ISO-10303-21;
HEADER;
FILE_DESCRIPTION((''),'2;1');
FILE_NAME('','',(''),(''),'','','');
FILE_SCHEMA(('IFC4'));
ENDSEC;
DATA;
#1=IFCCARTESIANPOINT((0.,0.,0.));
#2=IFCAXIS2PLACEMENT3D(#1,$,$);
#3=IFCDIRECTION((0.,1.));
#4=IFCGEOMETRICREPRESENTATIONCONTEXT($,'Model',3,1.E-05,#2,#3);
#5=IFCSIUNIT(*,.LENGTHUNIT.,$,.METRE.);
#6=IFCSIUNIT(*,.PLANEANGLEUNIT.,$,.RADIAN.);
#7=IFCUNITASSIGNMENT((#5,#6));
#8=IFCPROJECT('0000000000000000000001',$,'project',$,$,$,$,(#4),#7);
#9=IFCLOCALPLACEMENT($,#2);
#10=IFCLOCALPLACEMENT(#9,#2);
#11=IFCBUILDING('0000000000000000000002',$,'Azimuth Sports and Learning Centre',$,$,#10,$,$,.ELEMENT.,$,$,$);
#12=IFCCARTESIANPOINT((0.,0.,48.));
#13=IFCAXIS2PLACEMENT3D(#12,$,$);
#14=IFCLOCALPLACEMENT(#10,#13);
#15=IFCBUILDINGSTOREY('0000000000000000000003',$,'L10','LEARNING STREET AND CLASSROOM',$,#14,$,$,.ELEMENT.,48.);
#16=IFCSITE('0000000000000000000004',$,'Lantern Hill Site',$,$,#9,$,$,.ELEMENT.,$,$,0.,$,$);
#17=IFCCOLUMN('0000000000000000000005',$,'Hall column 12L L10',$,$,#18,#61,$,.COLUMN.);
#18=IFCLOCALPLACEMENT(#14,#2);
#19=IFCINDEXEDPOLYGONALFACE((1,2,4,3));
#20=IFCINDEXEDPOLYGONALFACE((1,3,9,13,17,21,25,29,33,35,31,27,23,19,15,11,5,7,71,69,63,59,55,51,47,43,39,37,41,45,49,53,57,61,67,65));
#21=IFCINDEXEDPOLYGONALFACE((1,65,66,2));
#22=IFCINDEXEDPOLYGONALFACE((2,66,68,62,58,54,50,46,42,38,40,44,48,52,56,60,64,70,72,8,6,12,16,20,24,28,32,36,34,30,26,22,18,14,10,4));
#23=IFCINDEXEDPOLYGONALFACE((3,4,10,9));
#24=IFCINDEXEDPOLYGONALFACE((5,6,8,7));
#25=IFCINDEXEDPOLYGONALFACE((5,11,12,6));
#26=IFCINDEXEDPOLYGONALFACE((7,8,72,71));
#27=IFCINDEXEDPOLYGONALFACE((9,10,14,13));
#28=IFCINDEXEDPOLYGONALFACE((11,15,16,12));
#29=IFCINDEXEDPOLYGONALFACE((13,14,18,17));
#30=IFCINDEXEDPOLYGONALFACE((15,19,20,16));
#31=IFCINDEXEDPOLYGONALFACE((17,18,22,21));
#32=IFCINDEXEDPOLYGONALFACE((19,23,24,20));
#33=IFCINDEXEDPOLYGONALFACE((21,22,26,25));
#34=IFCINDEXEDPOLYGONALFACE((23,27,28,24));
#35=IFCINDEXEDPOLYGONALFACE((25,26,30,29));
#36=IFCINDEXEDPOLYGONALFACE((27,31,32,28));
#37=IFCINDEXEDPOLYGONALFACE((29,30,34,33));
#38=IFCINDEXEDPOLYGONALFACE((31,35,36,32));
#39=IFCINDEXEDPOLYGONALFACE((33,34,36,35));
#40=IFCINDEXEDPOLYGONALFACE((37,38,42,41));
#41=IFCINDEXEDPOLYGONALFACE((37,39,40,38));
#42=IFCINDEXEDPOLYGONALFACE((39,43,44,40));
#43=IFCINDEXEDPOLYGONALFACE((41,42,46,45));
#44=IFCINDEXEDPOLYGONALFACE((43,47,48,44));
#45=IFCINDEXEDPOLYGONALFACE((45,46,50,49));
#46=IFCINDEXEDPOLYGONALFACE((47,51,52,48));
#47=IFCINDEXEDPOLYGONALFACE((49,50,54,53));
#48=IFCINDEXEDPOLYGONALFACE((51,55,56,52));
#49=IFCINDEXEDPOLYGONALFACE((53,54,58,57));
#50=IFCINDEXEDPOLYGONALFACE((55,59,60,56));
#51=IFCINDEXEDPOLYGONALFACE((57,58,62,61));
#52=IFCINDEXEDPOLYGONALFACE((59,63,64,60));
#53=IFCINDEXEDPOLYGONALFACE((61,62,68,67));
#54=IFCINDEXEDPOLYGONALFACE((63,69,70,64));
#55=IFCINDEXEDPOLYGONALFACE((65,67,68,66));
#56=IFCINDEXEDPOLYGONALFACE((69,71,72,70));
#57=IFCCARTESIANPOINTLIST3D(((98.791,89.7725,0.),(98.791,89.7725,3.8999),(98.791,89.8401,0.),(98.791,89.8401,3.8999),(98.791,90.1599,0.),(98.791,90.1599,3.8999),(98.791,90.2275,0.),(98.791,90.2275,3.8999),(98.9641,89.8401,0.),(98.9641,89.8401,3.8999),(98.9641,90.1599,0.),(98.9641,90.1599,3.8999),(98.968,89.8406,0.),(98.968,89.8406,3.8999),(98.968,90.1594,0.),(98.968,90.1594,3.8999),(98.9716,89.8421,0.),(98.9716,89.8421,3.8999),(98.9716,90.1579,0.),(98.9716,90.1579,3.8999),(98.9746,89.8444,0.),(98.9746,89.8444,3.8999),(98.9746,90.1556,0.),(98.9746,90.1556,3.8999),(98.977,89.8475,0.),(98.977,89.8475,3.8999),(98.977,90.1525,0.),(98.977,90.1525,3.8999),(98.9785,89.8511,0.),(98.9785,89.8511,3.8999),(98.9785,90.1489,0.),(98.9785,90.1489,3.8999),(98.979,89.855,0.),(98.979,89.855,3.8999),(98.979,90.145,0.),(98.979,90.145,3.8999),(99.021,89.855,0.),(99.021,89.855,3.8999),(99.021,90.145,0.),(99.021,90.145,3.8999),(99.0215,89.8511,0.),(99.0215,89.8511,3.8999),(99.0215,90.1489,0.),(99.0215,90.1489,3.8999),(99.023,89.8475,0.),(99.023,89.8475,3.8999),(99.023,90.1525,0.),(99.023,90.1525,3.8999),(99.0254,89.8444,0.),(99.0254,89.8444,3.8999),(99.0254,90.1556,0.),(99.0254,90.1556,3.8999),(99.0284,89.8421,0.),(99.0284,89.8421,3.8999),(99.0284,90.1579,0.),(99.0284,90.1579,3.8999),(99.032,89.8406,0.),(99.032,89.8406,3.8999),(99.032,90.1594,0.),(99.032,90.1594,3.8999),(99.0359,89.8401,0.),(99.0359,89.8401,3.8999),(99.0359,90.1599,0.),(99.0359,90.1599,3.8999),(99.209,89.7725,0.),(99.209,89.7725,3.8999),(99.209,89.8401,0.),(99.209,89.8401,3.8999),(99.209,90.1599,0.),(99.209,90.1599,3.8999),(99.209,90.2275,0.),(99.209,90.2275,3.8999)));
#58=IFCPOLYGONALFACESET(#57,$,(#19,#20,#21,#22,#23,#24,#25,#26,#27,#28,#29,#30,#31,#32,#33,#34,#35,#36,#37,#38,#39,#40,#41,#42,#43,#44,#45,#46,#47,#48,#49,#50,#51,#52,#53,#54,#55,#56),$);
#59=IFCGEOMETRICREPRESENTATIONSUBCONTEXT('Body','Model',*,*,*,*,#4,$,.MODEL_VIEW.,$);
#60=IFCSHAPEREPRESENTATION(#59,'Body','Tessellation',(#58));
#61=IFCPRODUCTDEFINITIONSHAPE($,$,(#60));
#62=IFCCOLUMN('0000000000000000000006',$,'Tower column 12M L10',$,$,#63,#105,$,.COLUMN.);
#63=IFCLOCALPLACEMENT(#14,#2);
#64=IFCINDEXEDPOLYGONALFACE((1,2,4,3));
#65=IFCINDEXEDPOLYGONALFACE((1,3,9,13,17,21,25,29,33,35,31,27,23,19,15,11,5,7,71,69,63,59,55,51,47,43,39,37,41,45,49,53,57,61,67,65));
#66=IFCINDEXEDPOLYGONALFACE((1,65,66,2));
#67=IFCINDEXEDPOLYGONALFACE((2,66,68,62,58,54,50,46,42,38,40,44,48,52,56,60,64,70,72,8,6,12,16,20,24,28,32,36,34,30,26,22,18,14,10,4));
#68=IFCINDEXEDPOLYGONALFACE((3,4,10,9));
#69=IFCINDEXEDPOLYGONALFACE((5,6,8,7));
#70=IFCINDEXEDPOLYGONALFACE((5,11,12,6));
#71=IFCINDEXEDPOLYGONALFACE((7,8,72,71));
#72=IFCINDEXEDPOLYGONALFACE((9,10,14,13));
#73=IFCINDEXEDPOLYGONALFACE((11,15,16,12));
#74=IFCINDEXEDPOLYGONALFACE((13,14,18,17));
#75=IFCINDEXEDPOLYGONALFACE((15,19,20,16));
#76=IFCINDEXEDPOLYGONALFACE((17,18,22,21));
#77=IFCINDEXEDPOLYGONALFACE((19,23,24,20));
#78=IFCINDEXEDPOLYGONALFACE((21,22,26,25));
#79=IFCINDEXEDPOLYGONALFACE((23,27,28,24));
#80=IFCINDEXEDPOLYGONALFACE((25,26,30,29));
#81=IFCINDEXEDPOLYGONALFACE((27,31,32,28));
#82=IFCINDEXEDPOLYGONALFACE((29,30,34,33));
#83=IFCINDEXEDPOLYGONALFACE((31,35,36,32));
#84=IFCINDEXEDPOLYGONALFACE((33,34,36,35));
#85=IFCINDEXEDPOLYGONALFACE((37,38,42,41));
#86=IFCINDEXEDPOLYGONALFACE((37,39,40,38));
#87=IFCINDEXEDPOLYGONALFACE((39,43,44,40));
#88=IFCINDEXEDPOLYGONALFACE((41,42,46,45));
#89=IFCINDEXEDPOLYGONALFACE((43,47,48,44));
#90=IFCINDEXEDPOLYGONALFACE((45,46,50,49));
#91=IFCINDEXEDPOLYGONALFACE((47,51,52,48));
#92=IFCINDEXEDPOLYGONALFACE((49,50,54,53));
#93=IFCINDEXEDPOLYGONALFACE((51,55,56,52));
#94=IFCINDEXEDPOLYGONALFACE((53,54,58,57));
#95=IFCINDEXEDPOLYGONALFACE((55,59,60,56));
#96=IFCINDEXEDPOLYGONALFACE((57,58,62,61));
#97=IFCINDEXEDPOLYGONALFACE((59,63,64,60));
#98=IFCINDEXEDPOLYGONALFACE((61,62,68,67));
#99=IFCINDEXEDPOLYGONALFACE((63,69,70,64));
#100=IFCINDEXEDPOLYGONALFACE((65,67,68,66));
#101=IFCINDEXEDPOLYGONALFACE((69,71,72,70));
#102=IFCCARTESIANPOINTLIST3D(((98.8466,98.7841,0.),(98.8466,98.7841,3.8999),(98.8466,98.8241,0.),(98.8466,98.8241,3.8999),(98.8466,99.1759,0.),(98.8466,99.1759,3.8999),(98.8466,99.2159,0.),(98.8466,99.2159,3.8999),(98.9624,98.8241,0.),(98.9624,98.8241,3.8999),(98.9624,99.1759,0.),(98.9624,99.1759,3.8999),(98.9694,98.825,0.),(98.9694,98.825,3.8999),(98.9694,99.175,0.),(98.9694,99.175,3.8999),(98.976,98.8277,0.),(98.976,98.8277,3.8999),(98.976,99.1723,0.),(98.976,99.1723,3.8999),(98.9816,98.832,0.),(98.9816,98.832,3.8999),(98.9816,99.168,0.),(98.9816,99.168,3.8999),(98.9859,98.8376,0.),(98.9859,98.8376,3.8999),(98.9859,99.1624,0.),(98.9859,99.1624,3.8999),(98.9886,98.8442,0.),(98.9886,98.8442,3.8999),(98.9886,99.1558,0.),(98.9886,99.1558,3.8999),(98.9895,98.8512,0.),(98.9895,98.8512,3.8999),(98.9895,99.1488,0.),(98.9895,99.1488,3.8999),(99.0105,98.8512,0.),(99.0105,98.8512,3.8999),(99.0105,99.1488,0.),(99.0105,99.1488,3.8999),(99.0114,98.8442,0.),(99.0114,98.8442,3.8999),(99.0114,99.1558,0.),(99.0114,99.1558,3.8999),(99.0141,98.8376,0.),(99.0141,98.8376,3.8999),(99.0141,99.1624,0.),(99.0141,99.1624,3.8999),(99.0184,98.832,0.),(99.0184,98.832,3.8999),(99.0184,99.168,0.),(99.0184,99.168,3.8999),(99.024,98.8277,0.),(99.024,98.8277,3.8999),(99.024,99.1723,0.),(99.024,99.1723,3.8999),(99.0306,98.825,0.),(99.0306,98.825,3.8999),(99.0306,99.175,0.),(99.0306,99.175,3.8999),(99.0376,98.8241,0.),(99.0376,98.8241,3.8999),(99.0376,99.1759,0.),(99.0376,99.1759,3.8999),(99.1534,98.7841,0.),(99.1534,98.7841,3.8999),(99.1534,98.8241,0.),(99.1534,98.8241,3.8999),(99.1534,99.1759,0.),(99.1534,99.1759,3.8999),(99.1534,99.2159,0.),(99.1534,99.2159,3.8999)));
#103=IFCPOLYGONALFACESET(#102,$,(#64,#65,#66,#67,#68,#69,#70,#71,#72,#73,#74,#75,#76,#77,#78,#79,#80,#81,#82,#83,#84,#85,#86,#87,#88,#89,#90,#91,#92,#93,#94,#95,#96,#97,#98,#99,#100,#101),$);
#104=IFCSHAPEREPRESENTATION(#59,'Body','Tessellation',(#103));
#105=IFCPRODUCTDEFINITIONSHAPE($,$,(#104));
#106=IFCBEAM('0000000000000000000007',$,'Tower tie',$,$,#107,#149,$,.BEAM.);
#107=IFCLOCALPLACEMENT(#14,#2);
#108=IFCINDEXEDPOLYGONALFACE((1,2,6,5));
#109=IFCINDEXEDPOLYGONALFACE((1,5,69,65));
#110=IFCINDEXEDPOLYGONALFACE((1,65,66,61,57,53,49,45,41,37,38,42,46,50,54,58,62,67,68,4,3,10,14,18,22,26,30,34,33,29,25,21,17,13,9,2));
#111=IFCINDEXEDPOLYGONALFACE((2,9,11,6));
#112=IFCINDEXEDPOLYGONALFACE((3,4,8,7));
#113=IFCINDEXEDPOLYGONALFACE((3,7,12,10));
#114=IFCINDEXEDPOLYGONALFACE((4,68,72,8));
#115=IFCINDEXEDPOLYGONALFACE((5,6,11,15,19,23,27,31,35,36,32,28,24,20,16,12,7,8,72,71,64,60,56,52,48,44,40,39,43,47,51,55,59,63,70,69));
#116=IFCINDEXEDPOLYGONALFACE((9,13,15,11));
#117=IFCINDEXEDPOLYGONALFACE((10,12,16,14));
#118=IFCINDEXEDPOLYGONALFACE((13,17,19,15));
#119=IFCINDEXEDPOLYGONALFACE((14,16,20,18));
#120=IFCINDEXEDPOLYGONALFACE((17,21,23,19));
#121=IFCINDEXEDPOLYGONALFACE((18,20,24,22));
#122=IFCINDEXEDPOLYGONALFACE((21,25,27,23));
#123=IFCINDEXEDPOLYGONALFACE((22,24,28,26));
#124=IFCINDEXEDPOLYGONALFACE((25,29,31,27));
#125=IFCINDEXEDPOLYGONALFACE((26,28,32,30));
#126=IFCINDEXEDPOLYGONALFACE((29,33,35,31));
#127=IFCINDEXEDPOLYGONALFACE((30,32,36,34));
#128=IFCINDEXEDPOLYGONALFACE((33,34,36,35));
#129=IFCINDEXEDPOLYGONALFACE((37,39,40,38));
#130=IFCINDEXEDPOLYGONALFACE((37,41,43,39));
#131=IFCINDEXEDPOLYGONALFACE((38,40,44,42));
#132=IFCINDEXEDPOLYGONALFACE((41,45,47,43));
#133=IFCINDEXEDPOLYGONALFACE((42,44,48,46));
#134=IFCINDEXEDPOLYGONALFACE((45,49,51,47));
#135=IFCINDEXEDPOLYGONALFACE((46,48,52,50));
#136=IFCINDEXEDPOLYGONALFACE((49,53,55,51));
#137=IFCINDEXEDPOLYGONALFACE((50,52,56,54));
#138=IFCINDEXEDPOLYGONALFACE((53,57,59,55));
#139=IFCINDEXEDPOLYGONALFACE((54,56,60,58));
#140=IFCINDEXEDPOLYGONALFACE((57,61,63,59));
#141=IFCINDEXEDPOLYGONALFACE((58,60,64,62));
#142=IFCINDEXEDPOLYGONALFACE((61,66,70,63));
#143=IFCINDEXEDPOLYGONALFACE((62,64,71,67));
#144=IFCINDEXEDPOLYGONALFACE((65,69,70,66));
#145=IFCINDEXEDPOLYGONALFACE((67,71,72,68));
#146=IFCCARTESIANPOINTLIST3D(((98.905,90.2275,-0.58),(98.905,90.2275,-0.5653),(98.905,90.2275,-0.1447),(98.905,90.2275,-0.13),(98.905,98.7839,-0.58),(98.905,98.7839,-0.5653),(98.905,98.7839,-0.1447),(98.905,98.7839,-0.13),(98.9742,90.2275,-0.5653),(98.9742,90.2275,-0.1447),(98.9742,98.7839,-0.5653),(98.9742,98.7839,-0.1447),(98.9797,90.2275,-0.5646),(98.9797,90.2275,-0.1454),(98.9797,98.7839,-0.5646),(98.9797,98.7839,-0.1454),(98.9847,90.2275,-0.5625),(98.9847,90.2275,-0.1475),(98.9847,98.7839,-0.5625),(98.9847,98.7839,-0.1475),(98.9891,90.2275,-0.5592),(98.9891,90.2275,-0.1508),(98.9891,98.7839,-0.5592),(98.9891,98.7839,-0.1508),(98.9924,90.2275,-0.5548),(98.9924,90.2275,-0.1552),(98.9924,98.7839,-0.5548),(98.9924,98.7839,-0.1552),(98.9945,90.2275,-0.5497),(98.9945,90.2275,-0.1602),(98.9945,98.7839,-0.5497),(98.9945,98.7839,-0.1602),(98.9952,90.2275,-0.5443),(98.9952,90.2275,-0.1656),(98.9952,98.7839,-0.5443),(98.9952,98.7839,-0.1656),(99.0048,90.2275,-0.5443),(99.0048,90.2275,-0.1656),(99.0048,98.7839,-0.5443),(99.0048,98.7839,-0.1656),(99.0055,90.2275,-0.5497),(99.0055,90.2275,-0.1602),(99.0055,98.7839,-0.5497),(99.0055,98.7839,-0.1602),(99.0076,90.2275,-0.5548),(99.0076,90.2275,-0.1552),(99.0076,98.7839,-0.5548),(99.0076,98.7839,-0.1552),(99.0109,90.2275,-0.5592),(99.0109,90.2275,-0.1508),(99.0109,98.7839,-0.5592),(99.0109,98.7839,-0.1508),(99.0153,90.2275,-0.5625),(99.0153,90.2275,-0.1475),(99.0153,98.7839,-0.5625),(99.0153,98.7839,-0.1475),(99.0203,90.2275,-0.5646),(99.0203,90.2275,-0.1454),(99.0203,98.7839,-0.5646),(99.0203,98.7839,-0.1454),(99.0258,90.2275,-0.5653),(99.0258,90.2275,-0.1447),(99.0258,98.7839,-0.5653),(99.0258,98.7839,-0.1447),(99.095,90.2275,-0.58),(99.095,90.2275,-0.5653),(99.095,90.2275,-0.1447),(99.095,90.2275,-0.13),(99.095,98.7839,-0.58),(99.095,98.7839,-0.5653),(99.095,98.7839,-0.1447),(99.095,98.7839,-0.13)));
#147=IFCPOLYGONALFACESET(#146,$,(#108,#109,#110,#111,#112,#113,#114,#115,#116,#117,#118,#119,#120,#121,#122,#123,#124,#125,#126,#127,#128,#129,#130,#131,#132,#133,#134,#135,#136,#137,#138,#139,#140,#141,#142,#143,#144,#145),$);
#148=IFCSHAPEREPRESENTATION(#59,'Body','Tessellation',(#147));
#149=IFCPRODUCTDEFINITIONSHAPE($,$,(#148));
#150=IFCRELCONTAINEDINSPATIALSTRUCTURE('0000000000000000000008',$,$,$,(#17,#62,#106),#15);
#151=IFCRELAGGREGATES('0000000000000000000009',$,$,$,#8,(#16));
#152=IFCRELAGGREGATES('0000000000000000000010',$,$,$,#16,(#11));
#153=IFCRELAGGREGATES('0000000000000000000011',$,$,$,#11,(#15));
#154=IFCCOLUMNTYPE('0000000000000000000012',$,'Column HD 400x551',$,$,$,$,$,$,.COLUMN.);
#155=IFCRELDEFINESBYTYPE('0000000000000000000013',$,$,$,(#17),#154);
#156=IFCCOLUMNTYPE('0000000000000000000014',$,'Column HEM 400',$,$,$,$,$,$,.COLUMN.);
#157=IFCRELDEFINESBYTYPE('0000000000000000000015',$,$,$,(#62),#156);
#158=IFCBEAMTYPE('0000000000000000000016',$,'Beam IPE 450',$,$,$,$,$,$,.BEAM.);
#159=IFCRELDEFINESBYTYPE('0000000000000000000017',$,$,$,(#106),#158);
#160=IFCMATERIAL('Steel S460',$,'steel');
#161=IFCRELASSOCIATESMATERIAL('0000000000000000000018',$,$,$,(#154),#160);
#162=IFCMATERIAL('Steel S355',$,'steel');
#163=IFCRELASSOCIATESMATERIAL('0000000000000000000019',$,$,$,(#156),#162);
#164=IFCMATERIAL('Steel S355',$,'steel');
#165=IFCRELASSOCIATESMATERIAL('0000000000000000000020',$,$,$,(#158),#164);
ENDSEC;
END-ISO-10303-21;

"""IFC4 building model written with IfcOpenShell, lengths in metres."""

from ifc_helpers import new_model, si_unit, direction, frame, origin, origin_2d, place, context, subcontext, project, spatial, i_section, extrude, material, material_profile, profile_set, type_object, element, save


model = new_model("IFC4")

# Units and contexts
model_context = context("Model", 3, precision=1e-05, world=origin(), true_north=direction((0.0, 1.0)))
body_context = subcontext(model_context, "Body", "Model", "MODEL_VIEW")
ifc_project = project(units=[si_unit("LENGTHUNIT", "METRE"), si_unit("PLANEANGLEUNIT", "RADIAN")], contexts=[model_context])

# Site, building, storey
site_placement = place(None, origin())
site = spatial("IfcSite", under=ifc_project, at=site_placement, Name="Lantern Hill Site", CompositionType="ELEMENT", RefElevation=0.0)
building_placement = place(site_placement, origin())
building = spatial("IfcBuilding", under=site, at=building_placement, Name="Azimuth Sports and Learning Centre", CompositionType="ELEMENT")
storey_placement = place(building_placement, frame((0.0, 0.0, 48.0)))
storey = spatial("IfcBuildingStorey", under=building, at=storey_placement, Name="L10", Description="LEARNING STREET AND CLASSROOM", CompositionType="ELEMENT", Elevation=48.0)

# Columns
ifc_material_1 = material(Name="Steel S460", Category="steel")
ifc_material_profile_1 = material_profile(ifc_material_1, i_section(OverallWidth=0.418, OverallDepth=0.4551, WebThickness=0.042, FlangeThickness=0.0676, FilletRadius=0.0149, at=origin_2d()), Name="HD 400x551")
ifc_profile_set_1 = profile_set([ifc_material_profile_1], Name="Steel S460")
column_type_1 = type_object("IfcColumnType", Name="Column HD 400x551", PredefinedType="COLUMN", material=ifc_profile_set_1)
column_1_placement = place(storey_placement, frame((99.0, 90.0, 0.0), z_axis=(0.0, 0.0, 1.0), x_axis=(1.0, 0.0, 0.0)))
element("IfcColumn", 1, at=column_1_placement, inside=storey, type_object=column_type_1, Name="Hall column 12L L10", PredefinedType="COLUMN", context=body_context, shape_type="SweptSolid", body=[
    extrude(i_section(OverallWidth=0.418, OverallDepth=0.4551, WebThickness=0.042, FlangeThickness=0.0676, FilletRadius=0.0149, at=origin_2d()), origin(), (0.0, 0.0, 1.0), 3.8999),
])
ifc_material_2 = material(Name="Steel S355", Category="steel")
ifc_material_profile_2 = material_profile(ifc_material_2, i_section(OverallWidth=0.3069, OverallDepth=0.4319, WebThickness=0.021, FlangeThickness=0.04, FilletRadius=0.0271, at=origin_2d()), Name="HEM 400")
ifc_profile_set_2 = profile_set([ifc_material_profile_2], Name="Steel S355")
column_type_2 = type_object("IfcColumnType", Name="Column HEM 400", PredefinedType="COLUMN", material=ifc_profile_set_2)
column_2_placement = place(storey_placement, frame((99.0, 99.0, 0.0), z_axis=(0.0, 0.0, 1.0), x_axis=(1.0, 0.0, 0.0)))
element("IfcColumn", 2, at=column_2_placement, inside=storey, type_object=column_type_2, Name="Tower column 12M L10", PredefinedType="COLUMN", context=body_context, shape_type="SweptSolid", body=[
    extrude(i_section(OverallWidth=0.3069, OverallDepth=0.4319, WebThickness=0.021, FlangeThickness=0.04, FilletRadius=0.0271, at=origin_2d()), origin(), (0.0, 0.0, 1.0), 3.8999),
])

# Beam
ifc_material_3 = material(Name="Steel S355", Category="steel")
ifc_material_profile_3 = material_profile(ifc_material_3, i_section(OverallWidth=0.1899, OverallDepth=0.45, WebThickness=0.0095, FlangeThickness=0.0146, FilletRadius=0.021, at=origin_2d()), Name="IPE 450")
ifc_profile_set_3 = profile_set([ifc_material_profile_3], Name="Steel S355")
beam_type_1 = type_object("IfcBeamType", Name="Beam IPE 450", PredefinedType="BEAM", material=ifc_profile_set_3)
beam_1_placement = place(storey_placement, frame((99.0, 90.2275, -0.355), z_axis=(0.0, 1.0, 0.0), x_axis=(-1.0, 0.0, 0.0)))
element("IfcBeam", 3, at=beam_1_placement, inside=storey, type_object=beam_type_1, Name="Tower tie", PredefinedType="BEAM", context=body_context, shape_type="SweptSolid", body=[
    extrude(i_section(OverallWidth=0.1899, OverallDepth=0.45, WebThickness=0.0095, FlangeThickness=0.0146, FilletRadius=0.021, at=origin_2d()), origin(), (0.0, 0.0, 1.0), 8.5564),
])

save(model, "model.ifc")
